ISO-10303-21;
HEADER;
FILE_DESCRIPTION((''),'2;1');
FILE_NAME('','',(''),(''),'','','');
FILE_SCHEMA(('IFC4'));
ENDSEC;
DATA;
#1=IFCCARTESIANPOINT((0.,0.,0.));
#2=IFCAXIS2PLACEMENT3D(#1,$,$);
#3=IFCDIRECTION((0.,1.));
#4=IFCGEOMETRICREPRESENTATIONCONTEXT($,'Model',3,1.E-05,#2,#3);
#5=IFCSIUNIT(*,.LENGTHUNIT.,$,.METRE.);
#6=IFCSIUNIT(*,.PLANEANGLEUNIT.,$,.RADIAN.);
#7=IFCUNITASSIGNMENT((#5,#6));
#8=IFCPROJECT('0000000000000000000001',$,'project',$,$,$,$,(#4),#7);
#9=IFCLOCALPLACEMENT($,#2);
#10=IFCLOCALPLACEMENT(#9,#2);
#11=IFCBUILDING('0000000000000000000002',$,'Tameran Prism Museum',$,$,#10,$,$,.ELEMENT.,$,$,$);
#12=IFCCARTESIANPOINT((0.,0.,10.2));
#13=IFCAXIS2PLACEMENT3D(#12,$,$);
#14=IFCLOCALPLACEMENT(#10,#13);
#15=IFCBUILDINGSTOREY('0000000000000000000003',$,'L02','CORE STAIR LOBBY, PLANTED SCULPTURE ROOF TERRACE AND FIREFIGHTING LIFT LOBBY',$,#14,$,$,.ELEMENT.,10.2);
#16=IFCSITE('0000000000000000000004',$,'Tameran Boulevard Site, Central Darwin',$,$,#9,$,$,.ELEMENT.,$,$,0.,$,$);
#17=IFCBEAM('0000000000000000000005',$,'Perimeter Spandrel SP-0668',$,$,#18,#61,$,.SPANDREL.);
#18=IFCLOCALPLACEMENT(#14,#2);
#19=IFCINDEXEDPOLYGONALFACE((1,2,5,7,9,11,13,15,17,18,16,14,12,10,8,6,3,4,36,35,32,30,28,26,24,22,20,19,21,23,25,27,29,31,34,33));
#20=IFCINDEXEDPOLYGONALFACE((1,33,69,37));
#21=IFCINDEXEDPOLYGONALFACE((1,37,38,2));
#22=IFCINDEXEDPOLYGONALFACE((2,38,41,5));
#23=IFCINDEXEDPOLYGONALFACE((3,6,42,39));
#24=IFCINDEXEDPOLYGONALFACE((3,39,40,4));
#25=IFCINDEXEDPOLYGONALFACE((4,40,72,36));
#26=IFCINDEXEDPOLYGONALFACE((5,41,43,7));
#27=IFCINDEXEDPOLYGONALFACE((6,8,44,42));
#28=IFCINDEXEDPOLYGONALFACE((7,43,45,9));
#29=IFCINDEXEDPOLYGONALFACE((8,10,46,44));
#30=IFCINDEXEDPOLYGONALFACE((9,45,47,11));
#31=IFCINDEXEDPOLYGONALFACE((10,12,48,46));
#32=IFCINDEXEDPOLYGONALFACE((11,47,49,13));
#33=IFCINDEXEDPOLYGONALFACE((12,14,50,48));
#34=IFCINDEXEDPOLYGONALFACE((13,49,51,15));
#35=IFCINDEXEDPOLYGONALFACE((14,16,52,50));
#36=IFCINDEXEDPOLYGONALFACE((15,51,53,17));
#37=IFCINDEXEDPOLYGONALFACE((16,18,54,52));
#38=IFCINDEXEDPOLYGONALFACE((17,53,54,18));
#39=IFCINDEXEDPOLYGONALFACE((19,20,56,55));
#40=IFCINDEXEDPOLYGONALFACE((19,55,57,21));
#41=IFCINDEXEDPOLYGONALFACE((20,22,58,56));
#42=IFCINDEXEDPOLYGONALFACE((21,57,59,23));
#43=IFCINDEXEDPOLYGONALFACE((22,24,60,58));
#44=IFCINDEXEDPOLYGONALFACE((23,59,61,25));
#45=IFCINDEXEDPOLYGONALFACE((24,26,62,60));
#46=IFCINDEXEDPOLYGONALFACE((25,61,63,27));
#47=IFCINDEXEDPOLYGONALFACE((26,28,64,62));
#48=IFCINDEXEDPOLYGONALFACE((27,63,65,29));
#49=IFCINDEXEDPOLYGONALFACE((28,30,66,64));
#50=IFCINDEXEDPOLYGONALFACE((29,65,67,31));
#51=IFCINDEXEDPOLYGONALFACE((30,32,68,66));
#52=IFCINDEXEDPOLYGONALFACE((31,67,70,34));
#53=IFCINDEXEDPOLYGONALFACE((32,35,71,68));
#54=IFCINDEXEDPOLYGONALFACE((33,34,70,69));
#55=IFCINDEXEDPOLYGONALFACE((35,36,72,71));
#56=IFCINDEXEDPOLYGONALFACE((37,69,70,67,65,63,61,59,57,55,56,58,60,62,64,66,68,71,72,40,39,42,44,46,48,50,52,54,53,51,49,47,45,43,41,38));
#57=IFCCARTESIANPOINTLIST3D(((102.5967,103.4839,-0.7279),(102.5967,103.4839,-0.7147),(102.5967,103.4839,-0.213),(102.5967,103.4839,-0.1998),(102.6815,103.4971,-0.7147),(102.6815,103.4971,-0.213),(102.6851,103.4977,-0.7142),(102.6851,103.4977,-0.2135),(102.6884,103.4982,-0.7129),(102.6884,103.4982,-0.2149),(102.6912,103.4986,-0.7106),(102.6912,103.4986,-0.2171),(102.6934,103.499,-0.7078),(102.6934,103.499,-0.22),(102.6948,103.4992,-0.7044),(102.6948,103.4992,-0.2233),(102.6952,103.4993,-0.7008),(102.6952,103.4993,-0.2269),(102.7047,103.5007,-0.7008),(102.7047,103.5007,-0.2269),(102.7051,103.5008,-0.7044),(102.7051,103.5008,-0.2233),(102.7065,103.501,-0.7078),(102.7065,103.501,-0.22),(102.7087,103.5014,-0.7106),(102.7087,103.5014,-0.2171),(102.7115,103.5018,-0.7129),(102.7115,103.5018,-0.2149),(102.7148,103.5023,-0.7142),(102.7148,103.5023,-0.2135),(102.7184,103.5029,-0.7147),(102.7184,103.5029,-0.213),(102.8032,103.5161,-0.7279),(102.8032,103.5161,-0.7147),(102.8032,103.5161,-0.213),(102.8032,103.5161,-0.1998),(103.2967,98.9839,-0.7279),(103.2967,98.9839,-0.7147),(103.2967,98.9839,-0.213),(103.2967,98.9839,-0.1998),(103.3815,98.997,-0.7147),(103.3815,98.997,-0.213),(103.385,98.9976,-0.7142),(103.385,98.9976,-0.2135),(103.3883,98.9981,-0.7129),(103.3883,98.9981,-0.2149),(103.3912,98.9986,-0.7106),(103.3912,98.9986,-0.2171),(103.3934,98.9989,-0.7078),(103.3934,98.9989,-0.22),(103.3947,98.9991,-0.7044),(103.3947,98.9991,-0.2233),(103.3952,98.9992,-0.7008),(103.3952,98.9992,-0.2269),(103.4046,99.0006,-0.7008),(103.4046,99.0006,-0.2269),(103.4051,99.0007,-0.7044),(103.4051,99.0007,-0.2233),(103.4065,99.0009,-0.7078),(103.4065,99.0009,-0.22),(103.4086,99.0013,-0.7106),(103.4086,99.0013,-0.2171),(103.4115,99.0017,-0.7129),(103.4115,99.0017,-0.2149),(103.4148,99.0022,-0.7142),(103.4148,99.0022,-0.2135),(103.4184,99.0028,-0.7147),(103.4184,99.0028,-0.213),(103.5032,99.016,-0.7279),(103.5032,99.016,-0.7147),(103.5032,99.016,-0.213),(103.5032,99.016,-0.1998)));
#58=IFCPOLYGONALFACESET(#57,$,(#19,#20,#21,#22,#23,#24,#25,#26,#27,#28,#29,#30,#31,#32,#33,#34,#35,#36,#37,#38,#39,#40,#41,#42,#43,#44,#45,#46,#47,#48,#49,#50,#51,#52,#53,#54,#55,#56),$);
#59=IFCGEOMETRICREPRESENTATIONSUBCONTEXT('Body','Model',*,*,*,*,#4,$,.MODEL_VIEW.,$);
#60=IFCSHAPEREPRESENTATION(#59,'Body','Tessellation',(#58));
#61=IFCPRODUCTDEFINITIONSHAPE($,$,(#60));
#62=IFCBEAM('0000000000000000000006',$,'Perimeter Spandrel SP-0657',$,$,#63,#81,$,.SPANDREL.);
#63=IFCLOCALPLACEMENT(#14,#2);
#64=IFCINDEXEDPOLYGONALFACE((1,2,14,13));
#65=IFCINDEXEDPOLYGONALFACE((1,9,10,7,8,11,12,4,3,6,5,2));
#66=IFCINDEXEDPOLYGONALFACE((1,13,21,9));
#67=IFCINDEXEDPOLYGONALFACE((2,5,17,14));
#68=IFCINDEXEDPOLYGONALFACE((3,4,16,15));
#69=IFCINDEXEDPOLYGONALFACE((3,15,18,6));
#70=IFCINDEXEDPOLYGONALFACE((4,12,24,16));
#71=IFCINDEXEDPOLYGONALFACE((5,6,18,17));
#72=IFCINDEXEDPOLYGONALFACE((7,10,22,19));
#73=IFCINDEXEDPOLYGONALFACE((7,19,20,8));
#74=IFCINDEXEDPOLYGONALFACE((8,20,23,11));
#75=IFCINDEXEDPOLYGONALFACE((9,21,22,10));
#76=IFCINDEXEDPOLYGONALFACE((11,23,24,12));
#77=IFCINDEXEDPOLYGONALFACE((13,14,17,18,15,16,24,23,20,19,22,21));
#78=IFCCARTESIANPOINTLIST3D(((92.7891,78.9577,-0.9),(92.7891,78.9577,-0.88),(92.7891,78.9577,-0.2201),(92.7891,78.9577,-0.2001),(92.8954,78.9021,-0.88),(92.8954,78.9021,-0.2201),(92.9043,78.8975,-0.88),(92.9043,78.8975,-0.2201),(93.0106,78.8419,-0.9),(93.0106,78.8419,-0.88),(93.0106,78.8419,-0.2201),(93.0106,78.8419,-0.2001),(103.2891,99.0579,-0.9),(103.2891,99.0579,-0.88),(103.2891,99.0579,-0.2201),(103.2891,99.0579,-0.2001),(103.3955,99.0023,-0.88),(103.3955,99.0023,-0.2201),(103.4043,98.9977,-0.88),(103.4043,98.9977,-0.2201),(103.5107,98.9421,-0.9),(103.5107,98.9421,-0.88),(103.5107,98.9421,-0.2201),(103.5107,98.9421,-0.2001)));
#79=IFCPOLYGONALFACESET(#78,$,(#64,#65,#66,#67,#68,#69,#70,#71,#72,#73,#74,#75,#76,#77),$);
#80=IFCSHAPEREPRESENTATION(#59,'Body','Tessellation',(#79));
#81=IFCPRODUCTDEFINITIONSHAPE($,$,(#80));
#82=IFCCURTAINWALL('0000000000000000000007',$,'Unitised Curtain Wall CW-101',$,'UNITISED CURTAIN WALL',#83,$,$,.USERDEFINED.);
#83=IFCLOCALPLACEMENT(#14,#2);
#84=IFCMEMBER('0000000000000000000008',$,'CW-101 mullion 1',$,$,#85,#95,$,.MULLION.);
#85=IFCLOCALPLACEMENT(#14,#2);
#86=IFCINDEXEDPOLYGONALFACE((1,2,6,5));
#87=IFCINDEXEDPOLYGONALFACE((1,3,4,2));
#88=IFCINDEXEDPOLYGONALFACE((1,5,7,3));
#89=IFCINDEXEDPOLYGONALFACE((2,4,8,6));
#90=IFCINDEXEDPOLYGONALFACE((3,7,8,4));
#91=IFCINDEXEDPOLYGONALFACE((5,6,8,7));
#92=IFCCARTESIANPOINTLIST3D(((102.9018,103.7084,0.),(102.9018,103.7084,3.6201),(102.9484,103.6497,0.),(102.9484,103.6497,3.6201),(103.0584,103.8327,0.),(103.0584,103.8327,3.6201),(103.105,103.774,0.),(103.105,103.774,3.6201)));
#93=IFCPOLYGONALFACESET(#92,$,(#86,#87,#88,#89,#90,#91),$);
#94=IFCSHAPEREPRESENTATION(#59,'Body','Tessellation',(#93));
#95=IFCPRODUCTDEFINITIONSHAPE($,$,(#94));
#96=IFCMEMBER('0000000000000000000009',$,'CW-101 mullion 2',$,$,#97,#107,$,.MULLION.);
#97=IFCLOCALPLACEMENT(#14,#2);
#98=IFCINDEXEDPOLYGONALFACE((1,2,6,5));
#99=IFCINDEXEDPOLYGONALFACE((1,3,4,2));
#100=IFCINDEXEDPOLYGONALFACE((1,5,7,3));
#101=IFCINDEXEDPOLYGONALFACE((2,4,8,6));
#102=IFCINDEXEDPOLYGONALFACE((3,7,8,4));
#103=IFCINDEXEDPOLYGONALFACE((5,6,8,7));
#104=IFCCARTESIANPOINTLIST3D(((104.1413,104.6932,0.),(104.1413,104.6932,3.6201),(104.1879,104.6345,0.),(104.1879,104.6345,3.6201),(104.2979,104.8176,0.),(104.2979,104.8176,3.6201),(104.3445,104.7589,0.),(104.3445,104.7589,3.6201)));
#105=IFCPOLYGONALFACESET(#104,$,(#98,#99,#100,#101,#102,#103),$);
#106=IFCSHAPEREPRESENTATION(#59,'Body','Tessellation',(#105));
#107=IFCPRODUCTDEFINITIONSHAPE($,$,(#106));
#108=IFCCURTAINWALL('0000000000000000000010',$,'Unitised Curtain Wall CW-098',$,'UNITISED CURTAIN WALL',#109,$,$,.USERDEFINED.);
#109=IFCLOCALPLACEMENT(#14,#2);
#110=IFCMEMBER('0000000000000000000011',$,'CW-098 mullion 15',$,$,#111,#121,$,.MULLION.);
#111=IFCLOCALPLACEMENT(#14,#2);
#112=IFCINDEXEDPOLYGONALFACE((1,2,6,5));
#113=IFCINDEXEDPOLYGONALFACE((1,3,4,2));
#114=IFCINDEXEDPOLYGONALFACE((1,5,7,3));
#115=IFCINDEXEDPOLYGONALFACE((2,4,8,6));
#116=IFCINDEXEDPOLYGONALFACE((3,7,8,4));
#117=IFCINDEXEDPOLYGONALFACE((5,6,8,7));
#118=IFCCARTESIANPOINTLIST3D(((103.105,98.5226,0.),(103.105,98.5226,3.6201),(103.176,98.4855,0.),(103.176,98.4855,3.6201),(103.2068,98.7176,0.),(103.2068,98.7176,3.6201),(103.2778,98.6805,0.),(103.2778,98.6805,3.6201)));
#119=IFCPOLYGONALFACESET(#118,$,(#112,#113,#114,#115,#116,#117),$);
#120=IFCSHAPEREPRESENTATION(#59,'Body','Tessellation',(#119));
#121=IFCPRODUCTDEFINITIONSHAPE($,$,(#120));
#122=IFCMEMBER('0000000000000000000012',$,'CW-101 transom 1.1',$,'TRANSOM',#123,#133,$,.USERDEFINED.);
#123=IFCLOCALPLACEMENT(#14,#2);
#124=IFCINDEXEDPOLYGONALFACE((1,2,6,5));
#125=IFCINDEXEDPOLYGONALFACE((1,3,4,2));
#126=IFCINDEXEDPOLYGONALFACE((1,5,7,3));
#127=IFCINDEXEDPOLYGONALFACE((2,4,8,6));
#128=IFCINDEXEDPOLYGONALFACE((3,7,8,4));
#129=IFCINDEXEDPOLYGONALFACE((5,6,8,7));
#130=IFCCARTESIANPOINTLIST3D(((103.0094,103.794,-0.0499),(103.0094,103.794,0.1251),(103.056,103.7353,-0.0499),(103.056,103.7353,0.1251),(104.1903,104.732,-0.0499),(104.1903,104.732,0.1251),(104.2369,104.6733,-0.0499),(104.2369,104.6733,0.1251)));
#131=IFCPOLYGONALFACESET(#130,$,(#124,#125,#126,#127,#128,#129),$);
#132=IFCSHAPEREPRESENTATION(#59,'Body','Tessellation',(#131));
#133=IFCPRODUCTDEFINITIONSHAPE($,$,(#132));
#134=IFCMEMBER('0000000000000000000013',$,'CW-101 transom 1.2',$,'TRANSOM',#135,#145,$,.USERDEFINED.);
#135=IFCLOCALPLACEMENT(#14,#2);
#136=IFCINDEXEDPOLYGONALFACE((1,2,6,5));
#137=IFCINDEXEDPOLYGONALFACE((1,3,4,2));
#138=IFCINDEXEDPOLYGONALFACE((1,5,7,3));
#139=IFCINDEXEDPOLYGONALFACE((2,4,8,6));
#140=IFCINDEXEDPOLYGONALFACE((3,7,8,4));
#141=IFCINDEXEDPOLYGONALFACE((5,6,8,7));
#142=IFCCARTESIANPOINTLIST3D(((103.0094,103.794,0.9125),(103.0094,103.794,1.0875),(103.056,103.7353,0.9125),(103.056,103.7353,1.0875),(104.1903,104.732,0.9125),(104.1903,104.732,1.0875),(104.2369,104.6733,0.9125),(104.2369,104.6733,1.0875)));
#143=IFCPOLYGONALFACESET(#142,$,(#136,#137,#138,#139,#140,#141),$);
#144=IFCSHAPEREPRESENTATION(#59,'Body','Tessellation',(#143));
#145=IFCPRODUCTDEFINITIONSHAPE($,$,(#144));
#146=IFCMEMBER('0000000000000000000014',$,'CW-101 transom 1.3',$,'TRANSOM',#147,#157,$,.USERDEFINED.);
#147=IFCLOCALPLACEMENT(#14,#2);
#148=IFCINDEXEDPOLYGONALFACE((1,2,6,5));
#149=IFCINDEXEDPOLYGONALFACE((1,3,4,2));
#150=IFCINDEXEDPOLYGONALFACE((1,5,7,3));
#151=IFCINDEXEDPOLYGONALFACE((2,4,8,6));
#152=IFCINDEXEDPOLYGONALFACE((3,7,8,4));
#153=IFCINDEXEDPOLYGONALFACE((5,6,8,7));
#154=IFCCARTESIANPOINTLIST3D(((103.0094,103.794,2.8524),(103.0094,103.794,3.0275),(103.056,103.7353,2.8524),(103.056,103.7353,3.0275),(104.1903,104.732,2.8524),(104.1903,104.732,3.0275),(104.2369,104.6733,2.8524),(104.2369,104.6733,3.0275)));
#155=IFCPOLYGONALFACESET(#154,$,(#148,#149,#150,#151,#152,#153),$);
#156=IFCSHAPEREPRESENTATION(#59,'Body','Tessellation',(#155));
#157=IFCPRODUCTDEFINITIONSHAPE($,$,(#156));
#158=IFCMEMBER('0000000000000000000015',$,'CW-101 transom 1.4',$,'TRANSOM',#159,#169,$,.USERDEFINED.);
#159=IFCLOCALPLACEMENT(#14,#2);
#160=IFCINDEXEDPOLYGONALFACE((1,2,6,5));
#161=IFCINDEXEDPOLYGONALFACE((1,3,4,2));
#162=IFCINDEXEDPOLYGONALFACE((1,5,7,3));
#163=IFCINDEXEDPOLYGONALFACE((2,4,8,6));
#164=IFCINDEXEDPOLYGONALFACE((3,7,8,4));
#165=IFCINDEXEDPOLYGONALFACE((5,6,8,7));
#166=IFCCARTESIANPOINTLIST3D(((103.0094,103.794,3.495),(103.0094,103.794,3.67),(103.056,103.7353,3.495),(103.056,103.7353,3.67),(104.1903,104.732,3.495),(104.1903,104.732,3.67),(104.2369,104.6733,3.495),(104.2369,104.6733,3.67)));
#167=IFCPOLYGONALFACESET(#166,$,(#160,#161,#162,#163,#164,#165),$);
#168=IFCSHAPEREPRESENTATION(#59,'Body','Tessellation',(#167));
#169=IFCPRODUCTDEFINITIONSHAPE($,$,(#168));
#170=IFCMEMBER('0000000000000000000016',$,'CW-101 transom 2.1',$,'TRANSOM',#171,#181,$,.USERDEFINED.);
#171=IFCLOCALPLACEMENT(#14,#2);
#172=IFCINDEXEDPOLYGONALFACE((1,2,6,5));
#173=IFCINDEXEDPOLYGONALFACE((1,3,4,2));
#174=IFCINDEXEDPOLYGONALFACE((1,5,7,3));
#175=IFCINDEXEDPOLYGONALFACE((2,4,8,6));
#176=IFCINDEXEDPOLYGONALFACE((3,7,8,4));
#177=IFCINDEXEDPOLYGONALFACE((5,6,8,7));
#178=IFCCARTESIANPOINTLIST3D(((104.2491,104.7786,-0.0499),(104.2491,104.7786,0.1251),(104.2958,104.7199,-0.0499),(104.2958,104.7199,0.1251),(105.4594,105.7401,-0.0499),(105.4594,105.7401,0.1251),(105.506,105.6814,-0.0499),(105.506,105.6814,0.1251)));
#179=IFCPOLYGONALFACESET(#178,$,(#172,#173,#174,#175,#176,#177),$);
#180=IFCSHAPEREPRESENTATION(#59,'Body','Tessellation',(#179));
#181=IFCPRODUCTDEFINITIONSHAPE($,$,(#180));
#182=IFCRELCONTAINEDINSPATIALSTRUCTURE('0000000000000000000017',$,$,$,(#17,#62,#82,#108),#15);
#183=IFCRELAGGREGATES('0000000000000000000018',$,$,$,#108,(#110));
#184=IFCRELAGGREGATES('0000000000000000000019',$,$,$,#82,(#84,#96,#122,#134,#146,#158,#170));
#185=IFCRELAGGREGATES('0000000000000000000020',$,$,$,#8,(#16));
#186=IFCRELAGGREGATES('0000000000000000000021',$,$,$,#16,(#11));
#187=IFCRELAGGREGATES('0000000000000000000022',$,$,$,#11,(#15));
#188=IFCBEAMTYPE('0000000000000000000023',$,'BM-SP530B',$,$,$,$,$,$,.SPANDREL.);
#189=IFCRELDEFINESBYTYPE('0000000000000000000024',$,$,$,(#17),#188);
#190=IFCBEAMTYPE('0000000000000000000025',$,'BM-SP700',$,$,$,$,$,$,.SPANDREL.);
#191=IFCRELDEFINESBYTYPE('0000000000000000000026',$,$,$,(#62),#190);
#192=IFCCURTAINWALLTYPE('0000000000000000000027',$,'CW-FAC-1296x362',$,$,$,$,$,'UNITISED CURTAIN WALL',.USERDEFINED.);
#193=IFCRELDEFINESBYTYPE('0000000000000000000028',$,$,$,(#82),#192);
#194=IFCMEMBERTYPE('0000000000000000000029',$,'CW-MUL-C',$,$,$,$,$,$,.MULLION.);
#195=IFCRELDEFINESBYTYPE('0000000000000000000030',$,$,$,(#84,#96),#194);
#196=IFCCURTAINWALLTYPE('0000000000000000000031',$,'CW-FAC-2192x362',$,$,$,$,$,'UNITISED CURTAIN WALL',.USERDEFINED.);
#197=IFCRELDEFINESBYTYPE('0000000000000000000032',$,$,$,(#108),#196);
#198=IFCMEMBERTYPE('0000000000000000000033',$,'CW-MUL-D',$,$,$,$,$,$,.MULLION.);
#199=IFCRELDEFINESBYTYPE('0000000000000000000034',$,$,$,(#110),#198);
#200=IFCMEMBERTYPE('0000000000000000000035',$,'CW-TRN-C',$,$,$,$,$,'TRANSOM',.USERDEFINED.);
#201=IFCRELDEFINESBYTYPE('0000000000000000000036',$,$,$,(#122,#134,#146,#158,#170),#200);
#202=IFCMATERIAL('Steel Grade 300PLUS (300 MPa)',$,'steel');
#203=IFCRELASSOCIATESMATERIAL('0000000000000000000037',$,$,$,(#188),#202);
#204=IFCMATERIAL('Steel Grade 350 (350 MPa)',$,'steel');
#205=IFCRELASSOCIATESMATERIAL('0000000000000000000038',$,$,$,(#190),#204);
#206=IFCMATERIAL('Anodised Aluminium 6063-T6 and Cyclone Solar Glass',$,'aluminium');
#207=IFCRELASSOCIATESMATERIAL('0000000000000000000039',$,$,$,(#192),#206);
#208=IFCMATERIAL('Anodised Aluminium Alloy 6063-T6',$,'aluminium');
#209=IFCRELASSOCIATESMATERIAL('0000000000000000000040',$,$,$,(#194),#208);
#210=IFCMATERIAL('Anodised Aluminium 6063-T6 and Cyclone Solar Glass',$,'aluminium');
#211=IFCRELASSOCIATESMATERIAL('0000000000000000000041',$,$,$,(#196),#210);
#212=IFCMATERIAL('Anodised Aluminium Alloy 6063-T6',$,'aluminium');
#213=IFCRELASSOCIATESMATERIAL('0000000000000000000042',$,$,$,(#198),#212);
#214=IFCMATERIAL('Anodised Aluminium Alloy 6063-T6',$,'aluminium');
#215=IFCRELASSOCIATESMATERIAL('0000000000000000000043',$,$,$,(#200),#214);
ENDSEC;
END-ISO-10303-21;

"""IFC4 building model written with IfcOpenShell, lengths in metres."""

from ifc_helpers import new_model, si_unit, direction, frame, origin, origin_2d, place, context, subcontext, project, spatial, rectangle, i_section, extrude, material, material_profile, profile_set, type_object, element, aggregate, save


model = new_model("IFC4")

# Units and contexts
model_context = context("Model", 3, precision=1e-05, world=origin(), true_north=direction((0.0, 1.0)))
body_context = subcontext(model_context, "Body", "Model", "MODEL_VIEW")
ifc_project = project(units=[si_unit("LENGTHUNIT", "METRE"), si_unit("PLANEANGLEUNIT", "RADIAN")], contexts=[model_context])

# Site, building, storey
site_placement = place(None, origin())
site = spatial("IfcSite", under=ifc_project, at=site_placement, Name="Tameran Boulevard Site, Central Darwin", CompositionType="ELEMENT", RefElevation=0.0)
building_placement = place(site_placement, origin())
building = spatial("IfcBuilding", under=site, at=building_placement, Name="Tameran Prism Museum", CompositionType="ELEMENT")
storey_placement = place(building_placement, frame((0.0, 0.0, 10.2)))
storey = spatial("IfcBuildingStorey", under=building, at=storey_placement, Name="L02", Description="CORE STAIR LOBBY, PLANTED SCULPTURE ROOF TERRACE AND FIREFIGHTING LIFT LOBBY", CompositionType="ELEMENT", Elevation=10.2)

# Beams
ifc_material_1 = material(Name="Steel Grade 300PLUS (300 MPa)", Category="steel")
ifc_material_profile_1 = material_profile(ifc_material_1, i_section(OverallWidth=0.209, OverallDepth=0.5281, WebThickness=0.0095, FlangeThickness=0.0132, FilletRadius=0.0139, at=origin_2d()))
ifc_profile_set_1 = profile_set([ifc_material_profile_1])
beam_type_1 = type_object("IfcBeamType", Name="BM-SP530B", PredefinedType="SPANDREL", material=ifc_profile_set_1)
beam_1_placement = place(storey_placement, frame((102.7, 103.5, -0.4639), z_axis=(0.153697, -0.988118, 0.0), x_axis=(0.988118, 0.153697, 0.0)))
element("IfcBeam", 1, at=beam_1_placement, inside=storey, type_object=beam_type_1, Name="Perimeter Spandrel SP-0668", PredefinedType="SPANDREL", context=body_context, shape_type="SweptSolid", body=[
    extrude(i_section(OverallWidth=0.209, OverallDepth=0.5281, WebThickness=0.0095, FlangeThickness=0.0132, FilletRadius=0.0139, at=origin_2d()), origin(), (0.0, 0.0, 1.0), 4.5542),
])
ifc_material_2 = material(Name="Steel Grade 350 (350 MPa)", Category="steel")
ifc_material_profile_2 = material_profile(ifc_material_2, i_section(OverallWidth=0.25, OverallDepth=0.7, WebThickness=0.01, FlangeThickness=0.02, at=origin_2d()))
ifc_profile_set_2 = profile_set([ifc_material_profile_2])
beam_type_2 = type_object("IfcBeamType", Name="BM-SP700", PredefinedType="SPANDREL", material=ifc_profile_set_2)
beam_2_placement = place(storey_placement, frame((103.3999, 99.0, -0.55), z_axis=(-0.463016, -0.88635, 0.0), x_axis=(0.88635, -0.463016, 0.0)))
element("IfcBeam", 2, at=beam_2_placement, inside=storey, type_object=beam_type_2, Name="Perimeter Spandrel SP-0657", PredefinedType="SPANDREL", context=body_context, shape_type="SweptSolid", body=[
    extrude(i_section(OverallWidth=0.25, OverallDepth=0.7, WebThickness=0.01, FlangeThickness=0.02, at=origin_2d()), origin(), (0.0, 0.0, 1.0), 22.6775),
])

# Curtain wall, members
ifc_material_3 = material(Name="Anodised Aluminium 6063-T6 and Cyclone Solar Glass", Category="aluminium")
curtain_wall_type_1 = type_object("IfcCurtainWallType", Name="CW-FAC-1296x362", ElementType="UNITISED CURTAIN WALL", PredefinedType="USERDEFINED", material=ifc_material_3)
curtain_wall_1_placement = place(storey_placement, origin())
curtain_wall_1 = element("IfcCurtainWall", 3, at=curtain_wall_1_placement, inside=storey, type_object=curtain_wall_type_1, Name="Unitised Curtain Wall CW-101", ObjectType="UNITISED CURTAIN WALL", PredefinedType="USERDEFINED")
ifc_material_4 = material(Name="Anodised Aluminium Alloy 6063-T6", Category="aluminium")
ifc_material_profile_3 = material_profile(ifc_material_4, rectangle(XDim=0.075, YDim=0.2, at=origin_2d()))
ifc_profile_set_3 = profile_set([ifc_material_profile_3])
member_type_1 = type_object("IfcMemberType", Name="CW-MUL-C", PredefinedType="MULLION", material=ifc_profile_set_3)
member_1_placement = place(storey_placement, frame((103.0034, 103.7412, 0.0), z_axis=(0.0, 0.0, 1.0), x_axis=(-0.621982, 0.783031, 0.0)))
member_1 = element("IfcMember", 4, at=member_1_placement, type_object=member_type_1, Name="CW-101 mullion 1", PredefinedType="MULLION", context=body_context, shape_type="SweptSolid", body=[
    extrude(rectangle(XDim=0.075, YDim=0.2, at=origin_2d()), origin(), (0.0, 0.0, 1.0), 3.6201),
])
member_2_placement = place(storey_placement, frame((104.2429, 104.7261, 0.0), z_axis=(0.0, 0.0, 1.0), x_axis=(-0.621982, 0.783031, 0.0)))
member_2 = element("IfcMember", 5, at=member_2_placement, type_object=member_type_1, Name="CW-101 mullion 2", PredefinedType="MULLION", context=body_context, shape_type="SweptSolid", body=[
    extrude(rectangle(XDim=0.075, YDim=0.2, at=origin_2d()), origin(), (0.0, 0.0, 1.0), 3.6201),
])

# Curtain wall, member
ifc_material_5 = material(Name="Anodised Aluminium 6063-T6 and Cyclone Solar Glass", Category="aluminium")
curtain_wall_type_2 = type_object("IfcCurtainWallType", Name="CW-FAC-2192x362", ElementType="UNITISED CURTAIN WALL", PredefinedType="USERDEFINED", material=ifc_material_5)
curtain_wall_2_placement = place(storey_placement, origin())
curtain_wall_2 = element("IfcCurtainWall", 6, at=curtain_wall_2_placement, inside=storey, type_object=curtain_wall_type_2, Name="Unitised Curtain Wall CW-098", ObjectType="UNITISED CURTAIN WALL", PredefinedType="USERDEFINED")
ifc_material_6 = material(Name="Anodised Aluminium Alloy 6063-T6", Category="aluminium")
ifc_material_profile_4 = material_profile(ifc_material_6, rectangle(XDim=0.0801, YDim=0.22, at=origin_2d()))
ifc_profile_set_4 = profile_set([ifc_material_profile_4])
member_type_2 = type_object("IfcMemberType", Name="CW-MUL-D", PredefinedType="MULLION", material=ifc_profile_set_4)
member_3_placement = place(storey_placement, frame((103.1914, 98.6016, 0.0), z_axis=(0.0, 0.0, 1.0), x_axis=(-0.886357, 0.463003, 0.0)))
member_3 = element("IfcMember", 7, at=member_3_placement, type_object=member_type_2, Name="CW-098 mullion 15", PredefinedType="MULLION", context=body_context, shape_type="SweptSolid", body=[
    extrude(rectangle(XDim=0.0801, YDim=0.22, at=origin_2d()), origin(), (0.0, 0.0, 1.0), 3.6201),
])

# Members
ifc_material_7 = material(Name="Anodised Aluminium Alloy 6063-T6", Category="aluminium")
ifc_material_profile_5 = material_profile(ifc_material_7, rectangle(XDim=0.075, YDim=0.175, at=origin_2d()))
ifc_profile_set_5 = profile_set([ifc_material_profile_5])
member_type_3 = type_object("IfcMemberType", Name="CW-TRN-C", ElementType="TRANSOM", PredefinedType="USERDEFINED", material=ifc_profile_set_5)
member_4_placement = place(storey_placement, frame((103.0327, 103.7646, 0.0376), z_axis=(0.783044, 0.621967, 0.0), x_axis=(-0.621967, 0.783044, 0.0)))
member_4 = element("IfcMember", 8, at=member_4_placement, type_object=member_type_3, Name="CW-101 transom 1.1", ObjectType="TRANSOM", PredefinedType="USERDEFINED", context=body_context, shape_type="SweptSolid", body=[
    extrude(rectangle(XDim=0.075, YDim=0.175, at=origin_2d()), origin(), (0.0, 0.0, 1.0), 1.5081),
])
member_5_placement = place(storey_placement, frame((103.0327, 103.7646, 1.0), z_axis=(0.783044, 0.621967, 0.0), x_axis=(-0.621967, 0.783044, 0.0)))
member_5 = element("IfcMember", 9, at=member_5_placement, type_object=member_type_3, Name="CW-101 transom 1.2", ObjectType="TRANSOM", PredefinedType="USERDEFINED", context=body_context, shape_type="SweptSolid", body=[
    extrude(rectangle(XDim=0.075, YDim=0.175, at=origin_2d()), origin(), (0.0, 0.0, 1.0), 1.5081),
])
member_6_placement = place(storey_placement, frame((103.0327, 103.7646, 2.9399), z_axis=(0.783044, 0.621967, 0.0), x_axis=(-0.621967, 0.783044, 0.0)))
member_6 = element("IfcMember", 10, at=member_6_placement, type_object=member_type_3, Name="CW-101 transom 1.3", ObjectType="TRANSOM", PredefinedType="USERDEFINED", context=body_context, shape_type="SweptSolid", body=[
    extrude(rectangle(XDim=0.075, YDim=0.175, at=origin_2d()), origin(), (0.0, 0.0, 1.0), 1.5081),
])
member_7_placement = place(storey_placement, frame((103.0327, 103.7646, 3.5825), z_axis=(0.783044, 0.621967, 0.0), x_axis=(-0.621967, 0.783044, 0.0)))
member_7 = element("IfcMember", 11, at=member_7_placement, type_object=member_type_3, Name="CW-101 transom 1.4", ObjectType="TRANSOM", PredefinedType="USERDEFINED", context=body_context, shape_type="SweptSolid", body=[
    extrude(rectangle(XDim=0.075, YDim=0.175, at=origin_2d()), origin(), (0.0, 0.0, 1.0), 1.5081),
])
member_8_placement = place(storey_placement, frame((104.2725, 104.7493, 0.0376), z_axis=(0.782991, 0.622033, 0.0), x_axis=(-0.622033, 0.782991, 0.0)))
member_8 = element("IfcMember", 12, at=member_8_placement, type_object=member_type_3, Name="CW-101 transom 2.1", ObjectType="TRANSOM", PredefinedType="USERDEFINED", context=body_context, shape_type="SweptSolid", body=[
    extrude(rectangle(XDim=0.075, YDim=0.175, at=origin_2d()), origin(), (0.0, 0.0, 1.0), 1.5457),
])

aggregate(curtain_wall_2, [member_3])
aggregate(curtain_wall_1, [member_1, member_2, member_4, member_5, member_6, member_7, member_8])

save(model, "model.ifc")
